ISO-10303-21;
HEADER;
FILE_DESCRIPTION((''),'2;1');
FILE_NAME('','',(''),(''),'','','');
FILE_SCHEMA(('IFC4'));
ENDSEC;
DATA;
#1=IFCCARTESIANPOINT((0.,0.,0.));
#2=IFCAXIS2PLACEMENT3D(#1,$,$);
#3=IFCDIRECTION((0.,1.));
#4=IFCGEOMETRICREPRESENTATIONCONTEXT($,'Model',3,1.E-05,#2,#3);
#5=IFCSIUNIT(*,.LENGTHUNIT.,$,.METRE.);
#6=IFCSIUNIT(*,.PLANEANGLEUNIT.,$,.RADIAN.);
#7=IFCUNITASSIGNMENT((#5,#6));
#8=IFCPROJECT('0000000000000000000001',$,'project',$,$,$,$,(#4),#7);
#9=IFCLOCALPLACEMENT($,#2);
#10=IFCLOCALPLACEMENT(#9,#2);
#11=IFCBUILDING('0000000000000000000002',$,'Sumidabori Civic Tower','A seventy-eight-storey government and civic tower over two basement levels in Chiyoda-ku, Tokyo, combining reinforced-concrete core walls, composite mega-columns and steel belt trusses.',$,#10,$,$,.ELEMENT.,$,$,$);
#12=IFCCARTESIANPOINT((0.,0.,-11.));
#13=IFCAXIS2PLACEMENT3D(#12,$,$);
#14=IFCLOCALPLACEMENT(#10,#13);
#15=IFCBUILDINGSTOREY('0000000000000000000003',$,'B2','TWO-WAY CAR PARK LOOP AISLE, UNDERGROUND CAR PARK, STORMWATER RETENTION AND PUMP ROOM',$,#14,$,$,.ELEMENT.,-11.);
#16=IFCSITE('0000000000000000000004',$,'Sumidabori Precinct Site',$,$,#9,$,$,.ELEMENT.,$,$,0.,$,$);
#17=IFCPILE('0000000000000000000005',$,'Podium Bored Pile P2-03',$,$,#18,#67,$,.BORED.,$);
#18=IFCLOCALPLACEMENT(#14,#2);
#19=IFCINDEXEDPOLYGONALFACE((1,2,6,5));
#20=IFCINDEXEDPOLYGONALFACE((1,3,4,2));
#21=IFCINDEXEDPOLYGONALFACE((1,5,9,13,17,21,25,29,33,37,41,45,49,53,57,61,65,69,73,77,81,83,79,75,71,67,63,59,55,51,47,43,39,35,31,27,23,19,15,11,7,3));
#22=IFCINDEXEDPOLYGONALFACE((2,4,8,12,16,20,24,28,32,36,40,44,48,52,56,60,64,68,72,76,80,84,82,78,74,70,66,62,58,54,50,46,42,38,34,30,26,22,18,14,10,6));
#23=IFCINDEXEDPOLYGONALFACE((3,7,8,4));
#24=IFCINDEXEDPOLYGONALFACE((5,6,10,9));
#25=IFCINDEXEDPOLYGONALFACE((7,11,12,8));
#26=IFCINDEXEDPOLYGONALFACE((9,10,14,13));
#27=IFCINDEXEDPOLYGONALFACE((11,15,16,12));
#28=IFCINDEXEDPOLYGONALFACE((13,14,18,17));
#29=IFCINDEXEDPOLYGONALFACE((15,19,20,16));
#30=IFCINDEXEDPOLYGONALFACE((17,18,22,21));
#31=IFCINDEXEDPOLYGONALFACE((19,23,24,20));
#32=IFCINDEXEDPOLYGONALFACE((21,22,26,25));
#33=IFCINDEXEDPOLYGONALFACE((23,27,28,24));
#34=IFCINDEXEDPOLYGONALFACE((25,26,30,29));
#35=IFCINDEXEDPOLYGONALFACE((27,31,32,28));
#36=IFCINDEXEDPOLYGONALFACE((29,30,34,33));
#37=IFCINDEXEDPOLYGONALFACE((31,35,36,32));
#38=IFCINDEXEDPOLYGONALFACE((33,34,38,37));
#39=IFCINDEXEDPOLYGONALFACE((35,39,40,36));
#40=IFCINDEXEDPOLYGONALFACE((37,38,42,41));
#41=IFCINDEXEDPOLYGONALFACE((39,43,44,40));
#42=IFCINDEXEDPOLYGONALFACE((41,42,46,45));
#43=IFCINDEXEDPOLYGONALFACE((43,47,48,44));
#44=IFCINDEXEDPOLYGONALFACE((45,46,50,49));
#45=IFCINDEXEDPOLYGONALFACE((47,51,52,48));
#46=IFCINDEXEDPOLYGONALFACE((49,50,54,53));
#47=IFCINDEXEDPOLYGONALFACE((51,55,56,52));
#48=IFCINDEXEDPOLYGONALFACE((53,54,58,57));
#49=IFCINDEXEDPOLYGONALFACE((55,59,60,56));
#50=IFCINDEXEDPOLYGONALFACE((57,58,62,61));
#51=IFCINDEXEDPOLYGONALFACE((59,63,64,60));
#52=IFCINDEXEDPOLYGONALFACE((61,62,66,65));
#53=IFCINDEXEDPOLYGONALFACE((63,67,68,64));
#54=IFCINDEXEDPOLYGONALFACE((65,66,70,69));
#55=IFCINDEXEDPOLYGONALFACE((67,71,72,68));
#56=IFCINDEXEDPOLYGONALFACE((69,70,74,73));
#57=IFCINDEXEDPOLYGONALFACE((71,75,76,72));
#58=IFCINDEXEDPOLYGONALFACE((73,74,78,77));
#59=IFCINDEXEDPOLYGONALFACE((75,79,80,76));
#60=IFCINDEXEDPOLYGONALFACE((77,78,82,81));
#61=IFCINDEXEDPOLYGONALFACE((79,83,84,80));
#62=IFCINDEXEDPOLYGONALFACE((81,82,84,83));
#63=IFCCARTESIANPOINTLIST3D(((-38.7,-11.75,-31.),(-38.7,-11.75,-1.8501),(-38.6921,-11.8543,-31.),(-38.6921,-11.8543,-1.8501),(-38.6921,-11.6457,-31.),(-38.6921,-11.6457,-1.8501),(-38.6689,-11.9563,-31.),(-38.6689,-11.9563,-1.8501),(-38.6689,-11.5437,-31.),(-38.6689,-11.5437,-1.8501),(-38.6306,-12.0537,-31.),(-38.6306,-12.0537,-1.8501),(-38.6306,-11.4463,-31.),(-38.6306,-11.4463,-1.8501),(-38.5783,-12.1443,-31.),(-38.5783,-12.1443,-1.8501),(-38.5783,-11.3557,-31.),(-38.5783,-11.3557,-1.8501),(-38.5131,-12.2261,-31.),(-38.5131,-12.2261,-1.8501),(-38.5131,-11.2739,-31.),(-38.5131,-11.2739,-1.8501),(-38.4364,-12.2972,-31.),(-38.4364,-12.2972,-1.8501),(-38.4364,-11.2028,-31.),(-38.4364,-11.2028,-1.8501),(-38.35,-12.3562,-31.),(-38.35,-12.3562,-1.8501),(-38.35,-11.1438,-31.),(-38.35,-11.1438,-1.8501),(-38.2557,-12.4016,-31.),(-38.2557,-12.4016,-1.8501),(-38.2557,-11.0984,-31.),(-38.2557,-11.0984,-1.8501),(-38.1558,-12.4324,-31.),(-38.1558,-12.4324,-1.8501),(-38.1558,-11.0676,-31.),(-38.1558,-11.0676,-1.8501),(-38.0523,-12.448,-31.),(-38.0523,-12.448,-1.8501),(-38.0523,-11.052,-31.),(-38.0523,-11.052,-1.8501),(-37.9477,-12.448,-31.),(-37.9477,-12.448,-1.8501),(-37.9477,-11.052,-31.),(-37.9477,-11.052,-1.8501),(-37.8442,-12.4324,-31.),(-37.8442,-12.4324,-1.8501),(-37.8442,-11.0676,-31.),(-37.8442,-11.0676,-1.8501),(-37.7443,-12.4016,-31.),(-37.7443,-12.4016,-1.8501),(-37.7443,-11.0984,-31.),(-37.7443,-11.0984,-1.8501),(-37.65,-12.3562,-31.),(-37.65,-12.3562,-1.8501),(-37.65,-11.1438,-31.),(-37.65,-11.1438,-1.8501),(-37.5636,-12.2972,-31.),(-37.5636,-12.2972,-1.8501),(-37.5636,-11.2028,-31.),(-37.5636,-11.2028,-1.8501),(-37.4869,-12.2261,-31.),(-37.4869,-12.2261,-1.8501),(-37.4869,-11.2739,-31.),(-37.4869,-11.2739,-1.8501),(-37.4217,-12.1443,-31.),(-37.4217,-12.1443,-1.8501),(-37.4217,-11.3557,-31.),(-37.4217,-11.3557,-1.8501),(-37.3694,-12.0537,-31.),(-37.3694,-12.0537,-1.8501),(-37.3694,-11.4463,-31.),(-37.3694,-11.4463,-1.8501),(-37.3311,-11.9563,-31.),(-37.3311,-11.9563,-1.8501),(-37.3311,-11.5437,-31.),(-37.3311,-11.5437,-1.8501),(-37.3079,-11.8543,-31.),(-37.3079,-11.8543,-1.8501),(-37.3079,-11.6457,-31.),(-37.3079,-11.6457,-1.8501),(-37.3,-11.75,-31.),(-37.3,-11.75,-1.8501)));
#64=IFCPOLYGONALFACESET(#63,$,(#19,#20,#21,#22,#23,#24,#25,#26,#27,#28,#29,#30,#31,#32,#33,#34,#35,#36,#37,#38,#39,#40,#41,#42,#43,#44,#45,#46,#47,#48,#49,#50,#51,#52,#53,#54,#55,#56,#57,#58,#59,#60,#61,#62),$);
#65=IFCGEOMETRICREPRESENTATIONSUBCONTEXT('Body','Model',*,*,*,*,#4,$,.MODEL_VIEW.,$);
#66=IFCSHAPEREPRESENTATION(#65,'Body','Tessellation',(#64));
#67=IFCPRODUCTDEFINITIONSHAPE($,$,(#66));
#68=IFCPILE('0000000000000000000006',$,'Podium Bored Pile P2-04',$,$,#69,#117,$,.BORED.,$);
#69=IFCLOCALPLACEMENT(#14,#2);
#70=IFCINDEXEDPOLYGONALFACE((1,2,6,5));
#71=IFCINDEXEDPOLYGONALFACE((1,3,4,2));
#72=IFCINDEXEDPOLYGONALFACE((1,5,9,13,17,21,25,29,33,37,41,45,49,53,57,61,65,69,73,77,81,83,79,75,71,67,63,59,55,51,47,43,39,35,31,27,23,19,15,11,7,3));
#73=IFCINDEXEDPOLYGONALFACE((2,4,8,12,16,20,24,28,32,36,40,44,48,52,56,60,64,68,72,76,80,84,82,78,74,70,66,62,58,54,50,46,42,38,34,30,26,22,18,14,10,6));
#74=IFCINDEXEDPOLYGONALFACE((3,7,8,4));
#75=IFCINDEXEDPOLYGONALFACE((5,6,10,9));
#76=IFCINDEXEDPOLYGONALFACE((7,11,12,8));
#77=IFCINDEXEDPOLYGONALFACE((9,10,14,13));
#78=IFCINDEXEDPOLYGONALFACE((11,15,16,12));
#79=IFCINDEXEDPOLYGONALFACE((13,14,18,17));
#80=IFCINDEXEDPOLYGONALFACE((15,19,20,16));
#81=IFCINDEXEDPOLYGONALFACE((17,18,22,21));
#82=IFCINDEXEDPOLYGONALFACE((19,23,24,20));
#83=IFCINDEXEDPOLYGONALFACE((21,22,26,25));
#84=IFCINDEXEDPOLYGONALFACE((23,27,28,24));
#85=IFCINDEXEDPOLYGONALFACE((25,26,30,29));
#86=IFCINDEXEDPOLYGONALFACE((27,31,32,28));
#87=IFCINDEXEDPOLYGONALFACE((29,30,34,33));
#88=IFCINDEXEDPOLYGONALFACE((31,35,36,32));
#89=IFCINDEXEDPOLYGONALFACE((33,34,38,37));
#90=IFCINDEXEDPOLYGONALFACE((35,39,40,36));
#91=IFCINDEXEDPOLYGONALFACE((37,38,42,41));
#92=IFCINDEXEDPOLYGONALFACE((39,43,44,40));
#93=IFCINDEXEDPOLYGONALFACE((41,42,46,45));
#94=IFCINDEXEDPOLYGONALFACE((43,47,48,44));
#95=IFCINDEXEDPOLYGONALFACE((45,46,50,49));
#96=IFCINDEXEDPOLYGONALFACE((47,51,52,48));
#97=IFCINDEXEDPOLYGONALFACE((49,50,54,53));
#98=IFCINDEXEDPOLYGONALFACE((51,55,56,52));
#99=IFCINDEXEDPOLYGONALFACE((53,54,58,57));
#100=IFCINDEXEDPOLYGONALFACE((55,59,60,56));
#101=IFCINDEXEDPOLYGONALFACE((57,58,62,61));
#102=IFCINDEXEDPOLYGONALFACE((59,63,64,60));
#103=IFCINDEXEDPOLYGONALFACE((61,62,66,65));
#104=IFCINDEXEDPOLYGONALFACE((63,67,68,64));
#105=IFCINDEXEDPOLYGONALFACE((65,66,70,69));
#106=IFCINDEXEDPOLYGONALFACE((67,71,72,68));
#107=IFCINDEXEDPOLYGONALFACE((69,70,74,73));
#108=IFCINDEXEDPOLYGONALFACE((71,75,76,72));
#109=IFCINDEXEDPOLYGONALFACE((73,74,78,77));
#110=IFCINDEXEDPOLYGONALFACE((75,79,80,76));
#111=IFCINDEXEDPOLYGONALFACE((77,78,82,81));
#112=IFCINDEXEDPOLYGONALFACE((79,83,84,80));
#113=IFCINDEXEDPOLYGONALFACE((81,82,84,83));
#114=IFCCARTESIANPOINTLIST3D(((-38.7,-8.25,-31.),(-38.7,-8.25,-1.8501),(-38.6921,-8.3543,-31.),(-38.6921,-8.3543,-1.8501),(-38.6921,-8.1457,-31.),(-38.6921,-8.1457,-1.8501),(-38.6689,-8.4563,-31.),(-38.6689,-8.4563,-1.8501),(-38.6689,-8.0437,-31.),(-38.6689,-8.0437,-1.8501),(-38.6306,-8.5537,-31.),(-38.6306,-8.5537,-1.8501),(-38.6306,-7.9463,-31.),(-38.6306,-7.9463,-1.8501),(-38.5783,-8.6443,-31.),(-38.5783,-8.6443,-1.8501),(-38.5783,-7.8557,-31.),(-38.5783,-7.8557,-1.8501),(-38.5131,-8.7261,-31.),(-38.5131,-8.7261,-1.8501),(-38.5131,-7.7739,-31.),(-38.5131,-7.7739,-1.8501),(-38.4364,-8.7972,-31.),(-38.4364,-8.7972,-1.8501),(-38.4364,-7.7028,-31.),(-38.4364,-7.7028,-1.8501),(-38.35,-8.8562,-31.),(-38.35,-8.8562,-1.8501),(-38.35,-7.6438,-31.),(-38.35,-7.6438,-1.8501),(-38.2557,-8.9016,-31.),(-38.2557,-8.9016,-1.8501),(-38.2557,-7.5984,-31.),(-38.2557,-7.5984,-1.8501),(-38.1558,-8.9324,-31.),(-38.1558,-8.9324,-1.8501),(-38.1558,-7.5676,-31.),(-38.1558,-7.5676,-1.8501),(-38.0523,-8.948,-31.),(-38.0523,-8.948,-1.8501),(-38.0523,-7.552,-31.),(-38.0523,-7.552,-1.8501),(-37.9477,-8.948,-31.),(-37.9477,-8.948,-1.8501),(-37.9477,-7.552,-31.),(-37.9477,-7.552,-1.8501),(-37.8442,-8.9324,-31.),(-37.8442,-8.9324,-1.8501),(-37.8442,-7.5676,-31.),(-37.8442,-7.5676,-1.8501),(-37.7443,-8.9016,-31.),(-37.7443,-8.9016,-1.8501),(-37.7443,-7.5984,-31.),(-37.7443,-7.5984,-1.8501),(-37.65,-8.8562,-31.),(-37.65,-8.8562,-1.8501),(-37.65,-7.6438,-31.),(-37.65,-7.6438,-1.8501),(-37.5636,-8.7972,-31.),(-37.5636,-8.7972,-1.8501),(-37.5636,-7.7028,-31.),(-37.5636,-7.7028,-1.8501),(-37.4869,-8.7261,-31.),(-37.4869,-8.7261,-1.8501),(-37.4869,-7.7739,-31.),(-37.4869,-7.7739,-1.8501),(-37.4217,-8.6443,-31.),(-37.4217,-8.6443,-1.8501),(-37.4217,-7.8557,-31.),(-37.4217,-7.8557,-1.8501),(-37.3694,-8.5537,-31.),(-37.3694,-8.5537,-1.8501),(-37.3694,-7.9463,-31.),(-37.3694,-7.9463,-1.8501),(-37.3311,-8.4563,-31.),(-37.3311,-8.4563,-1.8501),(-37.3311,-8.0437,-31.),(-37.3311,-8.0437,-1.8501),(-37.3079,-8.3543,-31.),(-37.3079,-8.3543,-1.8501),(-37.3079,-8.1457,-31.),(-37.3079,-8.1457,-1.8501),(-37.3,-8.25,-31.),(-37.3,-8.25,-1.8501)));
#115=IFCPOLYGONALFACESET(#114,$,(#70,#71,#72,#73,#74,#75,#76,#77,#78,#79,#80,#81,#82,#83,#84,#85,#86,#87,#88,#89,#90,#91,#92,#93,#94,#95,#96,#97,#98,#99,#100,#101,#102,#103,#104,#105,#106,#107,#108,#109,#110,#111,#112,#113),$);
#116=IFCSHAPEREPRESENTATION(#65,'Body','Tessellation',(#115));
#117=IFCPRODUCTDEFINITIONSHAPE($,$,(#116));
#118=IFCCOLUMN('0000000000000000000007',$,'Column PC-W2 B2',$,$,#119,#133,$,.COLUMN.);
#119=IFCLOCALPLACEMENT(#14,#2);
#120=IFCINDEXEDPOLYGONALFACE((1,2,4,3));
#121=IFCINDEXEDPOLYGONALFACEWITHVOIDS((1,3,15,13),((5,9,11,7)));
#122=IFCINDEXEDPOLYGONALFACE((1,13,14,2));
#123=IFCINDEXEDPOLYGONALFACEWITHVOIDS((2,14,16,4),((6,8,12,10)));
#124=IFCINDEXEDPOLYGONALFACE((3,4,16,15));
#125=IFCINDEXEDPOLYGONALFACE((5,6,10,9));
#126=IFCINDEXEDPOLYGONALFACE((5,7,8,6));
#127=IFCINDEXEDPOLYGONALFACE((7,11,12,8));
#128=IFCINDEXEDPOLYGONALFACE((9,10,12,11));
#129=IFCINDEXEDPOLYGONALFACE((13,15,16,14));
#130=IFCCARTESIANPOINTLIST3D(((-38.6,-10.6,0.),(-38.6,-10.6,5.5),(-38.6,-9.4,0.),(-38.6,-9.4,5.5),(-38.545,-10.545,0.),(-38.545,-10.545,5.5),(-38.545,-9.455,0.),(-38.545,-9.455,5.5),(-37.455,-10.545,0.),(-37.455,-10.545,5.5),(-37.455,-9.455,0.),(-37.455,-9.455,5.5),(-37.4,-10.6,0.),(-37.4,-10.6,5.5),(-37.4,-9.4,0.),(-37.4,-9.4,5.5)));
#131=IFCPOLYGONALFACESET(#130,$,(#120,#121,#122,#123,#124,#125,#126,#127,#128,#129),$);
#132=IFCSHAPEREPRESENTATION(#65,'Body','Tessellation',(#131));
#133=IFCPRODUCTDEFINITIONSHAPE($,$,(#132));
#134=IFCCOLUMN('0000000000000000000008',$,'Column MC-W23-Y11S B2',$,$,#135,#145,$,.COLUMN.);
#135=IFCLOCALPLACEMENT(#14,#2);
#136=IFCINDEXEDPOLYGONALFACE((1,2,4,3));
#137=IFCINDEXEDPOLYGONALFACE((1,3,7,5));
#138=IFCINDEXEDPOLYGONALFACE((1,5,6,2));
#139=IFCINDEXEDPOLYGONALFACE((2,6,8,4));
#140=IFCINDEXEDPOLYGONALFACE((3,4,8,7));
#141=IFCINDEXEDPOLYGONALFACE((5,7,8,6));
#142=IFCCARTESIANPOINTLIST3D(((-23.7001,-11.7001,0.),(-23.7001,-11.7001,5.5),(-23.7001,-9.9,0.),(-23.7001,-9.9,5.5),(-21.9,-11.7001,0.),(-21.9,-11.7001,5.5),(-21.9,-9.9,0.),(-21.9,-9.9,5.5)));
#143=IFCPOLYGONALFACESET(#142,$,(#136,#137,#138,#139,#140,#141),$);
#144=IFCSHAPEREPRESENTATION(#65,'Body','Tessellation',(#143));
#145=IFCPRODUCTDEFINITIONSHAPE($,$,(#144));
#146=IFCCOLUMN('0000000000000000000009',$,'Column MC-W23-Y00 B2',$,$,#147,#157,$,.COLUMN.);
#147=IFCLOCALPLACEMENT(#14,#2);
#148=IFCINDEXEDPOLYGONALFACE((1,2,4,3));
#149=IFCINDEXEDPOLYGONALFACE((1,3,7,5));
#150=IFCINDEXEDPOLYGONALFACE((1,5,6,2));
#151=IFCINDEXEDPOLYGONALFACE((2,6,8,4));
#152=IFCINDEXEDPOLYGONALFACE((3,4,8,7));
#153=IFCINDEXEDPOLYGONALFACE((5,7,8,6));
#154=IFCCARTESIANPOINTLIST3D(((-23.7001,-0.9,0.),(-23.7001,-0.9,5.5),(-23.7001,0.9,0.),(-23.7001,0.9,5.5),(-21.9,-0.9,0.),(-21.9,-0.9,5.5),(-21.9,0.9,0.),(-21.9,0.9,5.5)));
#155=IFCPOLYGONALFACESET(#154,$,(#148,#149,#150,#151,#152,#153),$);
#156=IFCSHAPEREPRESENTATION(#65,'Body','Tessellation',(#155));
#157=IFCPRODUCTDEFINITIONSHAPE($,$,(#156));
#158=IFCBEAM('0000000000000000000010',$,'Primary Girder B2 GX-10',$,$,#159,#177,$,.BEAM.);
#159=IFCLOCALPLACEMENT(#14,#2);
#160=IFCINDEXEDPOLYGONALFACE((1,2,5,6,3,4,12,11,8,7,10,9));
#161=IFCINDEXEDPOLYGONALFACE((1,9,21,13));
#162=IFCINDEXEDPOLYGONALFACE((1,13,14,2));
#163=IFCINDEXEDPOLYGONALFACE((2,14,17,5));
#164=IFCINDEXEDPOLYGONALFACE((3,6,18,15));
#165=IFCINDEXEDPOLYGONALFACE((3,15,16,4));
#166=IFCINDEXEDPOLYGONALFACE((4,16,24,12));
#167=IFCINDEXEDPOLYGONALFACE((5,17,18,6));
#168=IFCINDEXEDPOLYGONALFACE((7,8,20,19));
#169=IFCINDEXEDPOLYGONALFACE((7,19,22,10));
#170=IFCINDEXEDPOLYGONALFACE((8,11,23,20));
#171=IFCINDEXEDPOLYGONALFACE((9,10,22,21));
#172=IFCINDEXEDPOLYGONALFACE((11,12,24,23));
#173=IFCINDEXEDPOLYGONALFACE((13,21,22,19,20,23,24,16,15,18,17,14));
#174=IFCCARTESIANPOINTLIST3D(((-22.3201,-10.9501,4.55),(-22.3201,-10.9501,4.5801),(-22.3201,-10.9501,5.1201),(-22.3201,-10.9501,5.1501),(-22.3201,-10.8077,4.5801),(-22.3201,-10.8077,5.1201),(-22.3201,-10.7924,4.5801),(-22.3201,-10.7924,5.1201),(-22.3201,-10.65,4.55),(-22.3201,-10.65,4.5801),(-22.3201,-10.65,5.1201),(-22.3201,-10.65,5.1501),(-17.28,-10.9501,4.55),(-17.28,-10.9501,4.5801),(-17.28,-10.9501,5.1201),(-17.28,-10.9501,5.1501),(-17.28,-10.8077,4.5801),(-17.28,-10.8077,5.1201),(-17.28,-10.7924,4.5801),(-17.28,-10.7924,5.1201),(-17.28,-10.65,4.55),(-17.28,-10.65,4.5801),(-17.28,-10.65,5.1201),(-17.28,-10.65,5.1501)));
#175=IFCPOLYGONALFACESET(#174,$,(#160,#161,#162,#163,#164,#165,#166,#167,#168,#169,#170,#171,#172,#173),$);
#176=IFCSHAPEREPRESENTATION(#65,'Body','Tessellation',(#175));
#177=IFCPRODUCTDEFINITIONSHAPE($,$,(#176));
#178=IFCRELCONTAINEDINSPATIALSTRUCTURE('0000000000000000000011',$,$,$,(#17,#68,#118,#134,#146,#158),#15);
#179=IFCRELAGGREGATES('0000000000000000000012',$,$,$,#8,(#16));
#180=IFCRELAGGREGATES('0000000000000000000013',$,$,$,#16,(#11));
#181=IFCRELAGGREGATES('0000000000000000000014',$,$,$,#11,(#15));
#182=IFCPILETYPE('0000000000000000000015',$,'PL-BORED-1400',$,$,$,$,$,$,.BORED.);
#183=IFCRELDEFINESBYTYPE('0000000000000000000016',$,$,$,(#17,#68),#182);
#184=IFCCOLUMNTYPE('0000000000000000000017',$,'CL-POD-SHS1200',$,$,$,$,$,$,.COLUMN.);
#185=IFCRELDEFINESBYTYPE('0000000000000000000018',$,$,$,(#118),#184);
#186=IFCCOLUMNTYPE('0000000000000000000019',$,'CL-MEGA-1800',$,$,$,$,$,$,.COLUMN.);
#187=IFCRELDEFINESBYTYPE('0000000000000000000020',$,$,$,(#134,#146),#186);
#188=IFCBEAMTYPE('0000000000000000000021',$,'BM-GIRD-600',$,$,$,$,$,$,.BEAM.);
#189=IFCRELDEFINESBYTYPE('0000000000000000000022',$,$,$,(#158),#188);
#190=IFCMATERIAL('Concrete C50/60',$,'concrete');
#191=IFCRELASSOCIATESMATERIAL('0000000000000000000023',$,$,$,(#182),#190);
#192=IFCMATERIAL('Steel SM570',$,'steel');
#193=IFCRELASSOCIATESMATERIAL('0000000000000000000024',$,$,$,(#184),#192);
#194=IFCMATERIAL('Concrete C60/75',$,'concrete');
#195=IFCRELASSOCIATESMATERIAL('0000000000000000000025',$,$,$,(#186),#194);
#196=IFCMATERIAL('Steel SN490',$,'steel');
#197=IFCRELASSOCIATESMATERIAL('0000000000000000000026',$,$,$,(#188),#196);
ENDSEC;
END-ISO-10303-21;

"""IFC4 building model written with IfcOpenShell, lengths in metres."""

from ifc_helpers import new_model, si_unit, direction, frame, origin, origin_2d, place, context, subcontext, project, spatial, rectangle, hollow_rectangle, circle, i_section, extrude, source, transform, mapped, material, material_profile, profile_set, type_object, element, save


model = new_model("IFC4")

# Units and contexts
model_context = context("Model", 3, precision=1e-05, world=origin(), true_north=direction((0.0, 1.0)))
body_context = subcontext(model_context, "Body", "Model", "MODEL_VIEW")
ifc_project = project(units=[si_unit("LENGTHUNIT", "METRE"), si_unit("PLANEANGLEUNIT", "RADIAN")], contexts=[model_context])

# Site, building, storey
site_placement = place(None, origin())
site = spatial("IfcSite", under=ifc_project, at=site_placement, Name="Sumidabori Precinct Site", CompositionType="ELEMENT", RefElevation=0.0)
building_placement = place(site_placement, origin())
building = spatial("IfcBuilding", under=site, at=building_placement, Name="Sumidabori Civic Tower", Description="A seventy-eight-storey government and civic tower over two basement levels in Chiyoda-ku, Tokyo, combining reinforced-concrete core walls, composite mega-columns and steel belt trusses.", CompositionType="ELEMENT")
storey_placement = place(building_placement, frame((0.0, 0.0, -11.0)))
storey = spatial("IfcBuildingStorey", under=building, at=storey_placement, Name="B2", Description="TWO-WAY CAR PARK LOOP AISLE, UNDERGROUND CAR PARK, STORMWATER RETENTION AND PUMP ROOM", CompositionType="ELEMENT", Elevation=-11.0)

# Shared definitions
ifc_material_1 = material(Name="Concrete C50/60", Category="concrete")

# Piles
ifc_material_profile_1 = material_profile(ifc_material_1, circle(Radius=0.7, at=origin_2d()), Name="BORED PILE 1400")
ifc_profile_set_1 = profile_set([ifc_material_profile_1], Name="Concrete C50/60")
pile_type_1 = type_object("IfcPileType", Name="PL-BORED-1400", PredefinedType="BORED", material=ifc_profile_set_1)
shared_shape_1 = source(origin(), body_context, "Body", "SweptSolid", [
    extrude(circle(Radius=0.7, at=origin_2d()), origin(), (0.0, 0.0, 1.0), 29.1499),
])
for number, where, z_axis, x_axis, name in (
    (1, (-38.0, -11.75, -1.8501), (0.0, 0.0, -1.0), (1.0, 0.0, 0.0), "Podium Bored Pile P2-03"),
    (2, (-38.0, -8.25, -1.8501), (0.0, 0.0, -1.0), (1.0, 0.0, 0.0), "Podium Bored Pile P2-04"),
):
    element("IfcPile", number, at=place(storey_placement, frame(where, z_axis=z_axis, x_axis=x_axis)), inside=storey, type_object=pile_type_1, Name=name, PredefinedType="BORED", context=body_context, shape_type="MappedRepresentation", body=[
        mapped(shared_shape_1, transform((0.0, 0.0, 0.0), x_axis=(1.0, 0.0, 0.0), y_axis=(0.0, 1.0, 0.0), z_axis=(0.0, 0.0, 1.0), scale=1.0)),
    ])

# Columns
ifc_material_2 = material(Name="Steel SM570", Category="steel")
ifc_material_profile_2 = material_profile(ifc_material_2, hollow_rectangle(XDim=1.2, YDim=1.2, WallThickness=0.0549, at=origin_2d()), Name="SHS 1200x1200x55")
ifc_profile_set_2 = profile_set([ifc_material_profile_2], Name="Steel SM570")
column_type_1 = type_object("IfcColumnType", Name="CL-POD-SHS1200", PredefinedType="COLUMN", material=ifc_profile_set_2)
shared_shape_2 = source(origin(), body_context, "Body", "SweptSolid", [
    extrude(hollow_rectangle(XDim=1.2, YDim=1.2, WallThickness=0.0549, at=origin_2d()), origin(), (0.0, 0.0, 1.0), 5.5),
])
column_placement = place(storey_placement, frame((-38.0, -10.0, 0.0), z_axis=(0.0, 0.0, 1.0), x_axis=(1.0, 0.0, 0.0)))
element("IfcColumn", 3, at=column_placement, inside=storey, type_object=column_type_1, Name="Column PC-W2 B2", PredefinedType="COLUMN", context=body_context, shape_type="MappedRepresentation", body=[
    mapped(shared_shape_2, transform((0.0, 0.0, 0.0), x_axis=(1.0, 0.0, 0.0), y_axis=(0.0, 1.0, 0.0), z_axis=(0.0, 0.0, 1.0), scale=1.0)),
])
ifc_material_3 = material(Name="Concrete C60/75", Category="concrete")
ifc_material_profile_3 = material_profile(ifc_material_3, rectangle(XDim=1.8, YDim=1.8, at=origin_2d()), Name="RC 1800x1800")
ifc_profile_set_3 = profile_set([ifc_material_profile_3], Name="Concrete C60/75")
column_type_2 = type_object("IfcColumnType", Name="CL-MEGA-1800", PredefinedType="COLUMN", material=ifc_profile_set_3)
shared_shape_3 = source(origin(), body_context, "Body", "SweptSolid", [
    extrude(rectangle(XDim=1.8, YDim=1.8, at=origin_2d()), origin(), (0.0, 0.0, 1.0), 5.5),
])
for number, where, z_axis, x_axis, name in (
    (4, (-22.8, -10.8, 0.0), (0.0, 0.0, 1.0), (1.0, 0.0, 0.0), "Column MC-W23-Y11S B2"),
    (5, (-22.8, 0.0, 0.0), (0.0, 0.0, 1.0), (1.0, 0.0, 0.0), "Column MC-W23-Y00 B2"),
):
    element("IfcColumn", number, at=place(storey_placement, frame(where, z_axis=z_axis, x_axis=x_axis)), inside=storey, type_object=column_type_2, Name=name, PredefinedType="COLUMN", context=body_context, shape_type="MappedRepresentation", body=[
        mapped(shared_shape_3, transform((0.0, 0.0, 0.0), x_axis=(1.0, 0.0, 0.0), y_axis=(0.0, 1.0, 0.0), z_axis=(0.0, 0.0, 1.0), scale=1.0)),
    ])

# Beam
ifc_material_4 = material(Name="Steel SN490", Category="steel")
ifc_material_profile_4 = material_profile(ifc_material_4, i_section(OverallWidth=0.3, OverallDepth=0.6001, WebThickness=0.0154, FlangeThickness=0.03, at=origin_2d()), Name="HE 600 B")
ifc_profile_set_4 = profile_set([ifc_material_profile_4], Name="Steel SN490")
beam_type = type_object("IfcBeamType", Name="BM-GIRD-600", PredefinedType="BEAM", material=ifc_profile_set_4)
shared_shape_4 = source(origin(), body_context, "Body", "SweptSolid", [
    extrude(i_section(OverallWidth=0.3, OverallDepth=0.6001, WebThickness=0.0154, FlangeThickness=0.03, at=origin_2d()), origin(), (0.0, 0.0, 1.0), 5.04),
])
beam_1_placement = place(storey_placement, frame((-22.3201, -10.8, 4.8501), z_axis=(1.0, 0.0, 0.0), x_axis=(0.0, 1.0, 0.0)))
element("IfcBeam", 6, at=beam_1_placement, inside=storey, type_object=beam_type, Name="Primary Girder B2 GX-10", PredefinedType="BEAM", context=body_context, shape_type="MappedRepresentation", body=[
    mapped(shared_shape_4, transform((0.0, 0.0, 0.0), x_axis=(1.0, 0.0, 0.0), y_axis=(0.0, 1.0, 0.0), z_axis=(0.0, 0.0, 1.0), scale=1.0)),
])

save(model, "model.ifc")
